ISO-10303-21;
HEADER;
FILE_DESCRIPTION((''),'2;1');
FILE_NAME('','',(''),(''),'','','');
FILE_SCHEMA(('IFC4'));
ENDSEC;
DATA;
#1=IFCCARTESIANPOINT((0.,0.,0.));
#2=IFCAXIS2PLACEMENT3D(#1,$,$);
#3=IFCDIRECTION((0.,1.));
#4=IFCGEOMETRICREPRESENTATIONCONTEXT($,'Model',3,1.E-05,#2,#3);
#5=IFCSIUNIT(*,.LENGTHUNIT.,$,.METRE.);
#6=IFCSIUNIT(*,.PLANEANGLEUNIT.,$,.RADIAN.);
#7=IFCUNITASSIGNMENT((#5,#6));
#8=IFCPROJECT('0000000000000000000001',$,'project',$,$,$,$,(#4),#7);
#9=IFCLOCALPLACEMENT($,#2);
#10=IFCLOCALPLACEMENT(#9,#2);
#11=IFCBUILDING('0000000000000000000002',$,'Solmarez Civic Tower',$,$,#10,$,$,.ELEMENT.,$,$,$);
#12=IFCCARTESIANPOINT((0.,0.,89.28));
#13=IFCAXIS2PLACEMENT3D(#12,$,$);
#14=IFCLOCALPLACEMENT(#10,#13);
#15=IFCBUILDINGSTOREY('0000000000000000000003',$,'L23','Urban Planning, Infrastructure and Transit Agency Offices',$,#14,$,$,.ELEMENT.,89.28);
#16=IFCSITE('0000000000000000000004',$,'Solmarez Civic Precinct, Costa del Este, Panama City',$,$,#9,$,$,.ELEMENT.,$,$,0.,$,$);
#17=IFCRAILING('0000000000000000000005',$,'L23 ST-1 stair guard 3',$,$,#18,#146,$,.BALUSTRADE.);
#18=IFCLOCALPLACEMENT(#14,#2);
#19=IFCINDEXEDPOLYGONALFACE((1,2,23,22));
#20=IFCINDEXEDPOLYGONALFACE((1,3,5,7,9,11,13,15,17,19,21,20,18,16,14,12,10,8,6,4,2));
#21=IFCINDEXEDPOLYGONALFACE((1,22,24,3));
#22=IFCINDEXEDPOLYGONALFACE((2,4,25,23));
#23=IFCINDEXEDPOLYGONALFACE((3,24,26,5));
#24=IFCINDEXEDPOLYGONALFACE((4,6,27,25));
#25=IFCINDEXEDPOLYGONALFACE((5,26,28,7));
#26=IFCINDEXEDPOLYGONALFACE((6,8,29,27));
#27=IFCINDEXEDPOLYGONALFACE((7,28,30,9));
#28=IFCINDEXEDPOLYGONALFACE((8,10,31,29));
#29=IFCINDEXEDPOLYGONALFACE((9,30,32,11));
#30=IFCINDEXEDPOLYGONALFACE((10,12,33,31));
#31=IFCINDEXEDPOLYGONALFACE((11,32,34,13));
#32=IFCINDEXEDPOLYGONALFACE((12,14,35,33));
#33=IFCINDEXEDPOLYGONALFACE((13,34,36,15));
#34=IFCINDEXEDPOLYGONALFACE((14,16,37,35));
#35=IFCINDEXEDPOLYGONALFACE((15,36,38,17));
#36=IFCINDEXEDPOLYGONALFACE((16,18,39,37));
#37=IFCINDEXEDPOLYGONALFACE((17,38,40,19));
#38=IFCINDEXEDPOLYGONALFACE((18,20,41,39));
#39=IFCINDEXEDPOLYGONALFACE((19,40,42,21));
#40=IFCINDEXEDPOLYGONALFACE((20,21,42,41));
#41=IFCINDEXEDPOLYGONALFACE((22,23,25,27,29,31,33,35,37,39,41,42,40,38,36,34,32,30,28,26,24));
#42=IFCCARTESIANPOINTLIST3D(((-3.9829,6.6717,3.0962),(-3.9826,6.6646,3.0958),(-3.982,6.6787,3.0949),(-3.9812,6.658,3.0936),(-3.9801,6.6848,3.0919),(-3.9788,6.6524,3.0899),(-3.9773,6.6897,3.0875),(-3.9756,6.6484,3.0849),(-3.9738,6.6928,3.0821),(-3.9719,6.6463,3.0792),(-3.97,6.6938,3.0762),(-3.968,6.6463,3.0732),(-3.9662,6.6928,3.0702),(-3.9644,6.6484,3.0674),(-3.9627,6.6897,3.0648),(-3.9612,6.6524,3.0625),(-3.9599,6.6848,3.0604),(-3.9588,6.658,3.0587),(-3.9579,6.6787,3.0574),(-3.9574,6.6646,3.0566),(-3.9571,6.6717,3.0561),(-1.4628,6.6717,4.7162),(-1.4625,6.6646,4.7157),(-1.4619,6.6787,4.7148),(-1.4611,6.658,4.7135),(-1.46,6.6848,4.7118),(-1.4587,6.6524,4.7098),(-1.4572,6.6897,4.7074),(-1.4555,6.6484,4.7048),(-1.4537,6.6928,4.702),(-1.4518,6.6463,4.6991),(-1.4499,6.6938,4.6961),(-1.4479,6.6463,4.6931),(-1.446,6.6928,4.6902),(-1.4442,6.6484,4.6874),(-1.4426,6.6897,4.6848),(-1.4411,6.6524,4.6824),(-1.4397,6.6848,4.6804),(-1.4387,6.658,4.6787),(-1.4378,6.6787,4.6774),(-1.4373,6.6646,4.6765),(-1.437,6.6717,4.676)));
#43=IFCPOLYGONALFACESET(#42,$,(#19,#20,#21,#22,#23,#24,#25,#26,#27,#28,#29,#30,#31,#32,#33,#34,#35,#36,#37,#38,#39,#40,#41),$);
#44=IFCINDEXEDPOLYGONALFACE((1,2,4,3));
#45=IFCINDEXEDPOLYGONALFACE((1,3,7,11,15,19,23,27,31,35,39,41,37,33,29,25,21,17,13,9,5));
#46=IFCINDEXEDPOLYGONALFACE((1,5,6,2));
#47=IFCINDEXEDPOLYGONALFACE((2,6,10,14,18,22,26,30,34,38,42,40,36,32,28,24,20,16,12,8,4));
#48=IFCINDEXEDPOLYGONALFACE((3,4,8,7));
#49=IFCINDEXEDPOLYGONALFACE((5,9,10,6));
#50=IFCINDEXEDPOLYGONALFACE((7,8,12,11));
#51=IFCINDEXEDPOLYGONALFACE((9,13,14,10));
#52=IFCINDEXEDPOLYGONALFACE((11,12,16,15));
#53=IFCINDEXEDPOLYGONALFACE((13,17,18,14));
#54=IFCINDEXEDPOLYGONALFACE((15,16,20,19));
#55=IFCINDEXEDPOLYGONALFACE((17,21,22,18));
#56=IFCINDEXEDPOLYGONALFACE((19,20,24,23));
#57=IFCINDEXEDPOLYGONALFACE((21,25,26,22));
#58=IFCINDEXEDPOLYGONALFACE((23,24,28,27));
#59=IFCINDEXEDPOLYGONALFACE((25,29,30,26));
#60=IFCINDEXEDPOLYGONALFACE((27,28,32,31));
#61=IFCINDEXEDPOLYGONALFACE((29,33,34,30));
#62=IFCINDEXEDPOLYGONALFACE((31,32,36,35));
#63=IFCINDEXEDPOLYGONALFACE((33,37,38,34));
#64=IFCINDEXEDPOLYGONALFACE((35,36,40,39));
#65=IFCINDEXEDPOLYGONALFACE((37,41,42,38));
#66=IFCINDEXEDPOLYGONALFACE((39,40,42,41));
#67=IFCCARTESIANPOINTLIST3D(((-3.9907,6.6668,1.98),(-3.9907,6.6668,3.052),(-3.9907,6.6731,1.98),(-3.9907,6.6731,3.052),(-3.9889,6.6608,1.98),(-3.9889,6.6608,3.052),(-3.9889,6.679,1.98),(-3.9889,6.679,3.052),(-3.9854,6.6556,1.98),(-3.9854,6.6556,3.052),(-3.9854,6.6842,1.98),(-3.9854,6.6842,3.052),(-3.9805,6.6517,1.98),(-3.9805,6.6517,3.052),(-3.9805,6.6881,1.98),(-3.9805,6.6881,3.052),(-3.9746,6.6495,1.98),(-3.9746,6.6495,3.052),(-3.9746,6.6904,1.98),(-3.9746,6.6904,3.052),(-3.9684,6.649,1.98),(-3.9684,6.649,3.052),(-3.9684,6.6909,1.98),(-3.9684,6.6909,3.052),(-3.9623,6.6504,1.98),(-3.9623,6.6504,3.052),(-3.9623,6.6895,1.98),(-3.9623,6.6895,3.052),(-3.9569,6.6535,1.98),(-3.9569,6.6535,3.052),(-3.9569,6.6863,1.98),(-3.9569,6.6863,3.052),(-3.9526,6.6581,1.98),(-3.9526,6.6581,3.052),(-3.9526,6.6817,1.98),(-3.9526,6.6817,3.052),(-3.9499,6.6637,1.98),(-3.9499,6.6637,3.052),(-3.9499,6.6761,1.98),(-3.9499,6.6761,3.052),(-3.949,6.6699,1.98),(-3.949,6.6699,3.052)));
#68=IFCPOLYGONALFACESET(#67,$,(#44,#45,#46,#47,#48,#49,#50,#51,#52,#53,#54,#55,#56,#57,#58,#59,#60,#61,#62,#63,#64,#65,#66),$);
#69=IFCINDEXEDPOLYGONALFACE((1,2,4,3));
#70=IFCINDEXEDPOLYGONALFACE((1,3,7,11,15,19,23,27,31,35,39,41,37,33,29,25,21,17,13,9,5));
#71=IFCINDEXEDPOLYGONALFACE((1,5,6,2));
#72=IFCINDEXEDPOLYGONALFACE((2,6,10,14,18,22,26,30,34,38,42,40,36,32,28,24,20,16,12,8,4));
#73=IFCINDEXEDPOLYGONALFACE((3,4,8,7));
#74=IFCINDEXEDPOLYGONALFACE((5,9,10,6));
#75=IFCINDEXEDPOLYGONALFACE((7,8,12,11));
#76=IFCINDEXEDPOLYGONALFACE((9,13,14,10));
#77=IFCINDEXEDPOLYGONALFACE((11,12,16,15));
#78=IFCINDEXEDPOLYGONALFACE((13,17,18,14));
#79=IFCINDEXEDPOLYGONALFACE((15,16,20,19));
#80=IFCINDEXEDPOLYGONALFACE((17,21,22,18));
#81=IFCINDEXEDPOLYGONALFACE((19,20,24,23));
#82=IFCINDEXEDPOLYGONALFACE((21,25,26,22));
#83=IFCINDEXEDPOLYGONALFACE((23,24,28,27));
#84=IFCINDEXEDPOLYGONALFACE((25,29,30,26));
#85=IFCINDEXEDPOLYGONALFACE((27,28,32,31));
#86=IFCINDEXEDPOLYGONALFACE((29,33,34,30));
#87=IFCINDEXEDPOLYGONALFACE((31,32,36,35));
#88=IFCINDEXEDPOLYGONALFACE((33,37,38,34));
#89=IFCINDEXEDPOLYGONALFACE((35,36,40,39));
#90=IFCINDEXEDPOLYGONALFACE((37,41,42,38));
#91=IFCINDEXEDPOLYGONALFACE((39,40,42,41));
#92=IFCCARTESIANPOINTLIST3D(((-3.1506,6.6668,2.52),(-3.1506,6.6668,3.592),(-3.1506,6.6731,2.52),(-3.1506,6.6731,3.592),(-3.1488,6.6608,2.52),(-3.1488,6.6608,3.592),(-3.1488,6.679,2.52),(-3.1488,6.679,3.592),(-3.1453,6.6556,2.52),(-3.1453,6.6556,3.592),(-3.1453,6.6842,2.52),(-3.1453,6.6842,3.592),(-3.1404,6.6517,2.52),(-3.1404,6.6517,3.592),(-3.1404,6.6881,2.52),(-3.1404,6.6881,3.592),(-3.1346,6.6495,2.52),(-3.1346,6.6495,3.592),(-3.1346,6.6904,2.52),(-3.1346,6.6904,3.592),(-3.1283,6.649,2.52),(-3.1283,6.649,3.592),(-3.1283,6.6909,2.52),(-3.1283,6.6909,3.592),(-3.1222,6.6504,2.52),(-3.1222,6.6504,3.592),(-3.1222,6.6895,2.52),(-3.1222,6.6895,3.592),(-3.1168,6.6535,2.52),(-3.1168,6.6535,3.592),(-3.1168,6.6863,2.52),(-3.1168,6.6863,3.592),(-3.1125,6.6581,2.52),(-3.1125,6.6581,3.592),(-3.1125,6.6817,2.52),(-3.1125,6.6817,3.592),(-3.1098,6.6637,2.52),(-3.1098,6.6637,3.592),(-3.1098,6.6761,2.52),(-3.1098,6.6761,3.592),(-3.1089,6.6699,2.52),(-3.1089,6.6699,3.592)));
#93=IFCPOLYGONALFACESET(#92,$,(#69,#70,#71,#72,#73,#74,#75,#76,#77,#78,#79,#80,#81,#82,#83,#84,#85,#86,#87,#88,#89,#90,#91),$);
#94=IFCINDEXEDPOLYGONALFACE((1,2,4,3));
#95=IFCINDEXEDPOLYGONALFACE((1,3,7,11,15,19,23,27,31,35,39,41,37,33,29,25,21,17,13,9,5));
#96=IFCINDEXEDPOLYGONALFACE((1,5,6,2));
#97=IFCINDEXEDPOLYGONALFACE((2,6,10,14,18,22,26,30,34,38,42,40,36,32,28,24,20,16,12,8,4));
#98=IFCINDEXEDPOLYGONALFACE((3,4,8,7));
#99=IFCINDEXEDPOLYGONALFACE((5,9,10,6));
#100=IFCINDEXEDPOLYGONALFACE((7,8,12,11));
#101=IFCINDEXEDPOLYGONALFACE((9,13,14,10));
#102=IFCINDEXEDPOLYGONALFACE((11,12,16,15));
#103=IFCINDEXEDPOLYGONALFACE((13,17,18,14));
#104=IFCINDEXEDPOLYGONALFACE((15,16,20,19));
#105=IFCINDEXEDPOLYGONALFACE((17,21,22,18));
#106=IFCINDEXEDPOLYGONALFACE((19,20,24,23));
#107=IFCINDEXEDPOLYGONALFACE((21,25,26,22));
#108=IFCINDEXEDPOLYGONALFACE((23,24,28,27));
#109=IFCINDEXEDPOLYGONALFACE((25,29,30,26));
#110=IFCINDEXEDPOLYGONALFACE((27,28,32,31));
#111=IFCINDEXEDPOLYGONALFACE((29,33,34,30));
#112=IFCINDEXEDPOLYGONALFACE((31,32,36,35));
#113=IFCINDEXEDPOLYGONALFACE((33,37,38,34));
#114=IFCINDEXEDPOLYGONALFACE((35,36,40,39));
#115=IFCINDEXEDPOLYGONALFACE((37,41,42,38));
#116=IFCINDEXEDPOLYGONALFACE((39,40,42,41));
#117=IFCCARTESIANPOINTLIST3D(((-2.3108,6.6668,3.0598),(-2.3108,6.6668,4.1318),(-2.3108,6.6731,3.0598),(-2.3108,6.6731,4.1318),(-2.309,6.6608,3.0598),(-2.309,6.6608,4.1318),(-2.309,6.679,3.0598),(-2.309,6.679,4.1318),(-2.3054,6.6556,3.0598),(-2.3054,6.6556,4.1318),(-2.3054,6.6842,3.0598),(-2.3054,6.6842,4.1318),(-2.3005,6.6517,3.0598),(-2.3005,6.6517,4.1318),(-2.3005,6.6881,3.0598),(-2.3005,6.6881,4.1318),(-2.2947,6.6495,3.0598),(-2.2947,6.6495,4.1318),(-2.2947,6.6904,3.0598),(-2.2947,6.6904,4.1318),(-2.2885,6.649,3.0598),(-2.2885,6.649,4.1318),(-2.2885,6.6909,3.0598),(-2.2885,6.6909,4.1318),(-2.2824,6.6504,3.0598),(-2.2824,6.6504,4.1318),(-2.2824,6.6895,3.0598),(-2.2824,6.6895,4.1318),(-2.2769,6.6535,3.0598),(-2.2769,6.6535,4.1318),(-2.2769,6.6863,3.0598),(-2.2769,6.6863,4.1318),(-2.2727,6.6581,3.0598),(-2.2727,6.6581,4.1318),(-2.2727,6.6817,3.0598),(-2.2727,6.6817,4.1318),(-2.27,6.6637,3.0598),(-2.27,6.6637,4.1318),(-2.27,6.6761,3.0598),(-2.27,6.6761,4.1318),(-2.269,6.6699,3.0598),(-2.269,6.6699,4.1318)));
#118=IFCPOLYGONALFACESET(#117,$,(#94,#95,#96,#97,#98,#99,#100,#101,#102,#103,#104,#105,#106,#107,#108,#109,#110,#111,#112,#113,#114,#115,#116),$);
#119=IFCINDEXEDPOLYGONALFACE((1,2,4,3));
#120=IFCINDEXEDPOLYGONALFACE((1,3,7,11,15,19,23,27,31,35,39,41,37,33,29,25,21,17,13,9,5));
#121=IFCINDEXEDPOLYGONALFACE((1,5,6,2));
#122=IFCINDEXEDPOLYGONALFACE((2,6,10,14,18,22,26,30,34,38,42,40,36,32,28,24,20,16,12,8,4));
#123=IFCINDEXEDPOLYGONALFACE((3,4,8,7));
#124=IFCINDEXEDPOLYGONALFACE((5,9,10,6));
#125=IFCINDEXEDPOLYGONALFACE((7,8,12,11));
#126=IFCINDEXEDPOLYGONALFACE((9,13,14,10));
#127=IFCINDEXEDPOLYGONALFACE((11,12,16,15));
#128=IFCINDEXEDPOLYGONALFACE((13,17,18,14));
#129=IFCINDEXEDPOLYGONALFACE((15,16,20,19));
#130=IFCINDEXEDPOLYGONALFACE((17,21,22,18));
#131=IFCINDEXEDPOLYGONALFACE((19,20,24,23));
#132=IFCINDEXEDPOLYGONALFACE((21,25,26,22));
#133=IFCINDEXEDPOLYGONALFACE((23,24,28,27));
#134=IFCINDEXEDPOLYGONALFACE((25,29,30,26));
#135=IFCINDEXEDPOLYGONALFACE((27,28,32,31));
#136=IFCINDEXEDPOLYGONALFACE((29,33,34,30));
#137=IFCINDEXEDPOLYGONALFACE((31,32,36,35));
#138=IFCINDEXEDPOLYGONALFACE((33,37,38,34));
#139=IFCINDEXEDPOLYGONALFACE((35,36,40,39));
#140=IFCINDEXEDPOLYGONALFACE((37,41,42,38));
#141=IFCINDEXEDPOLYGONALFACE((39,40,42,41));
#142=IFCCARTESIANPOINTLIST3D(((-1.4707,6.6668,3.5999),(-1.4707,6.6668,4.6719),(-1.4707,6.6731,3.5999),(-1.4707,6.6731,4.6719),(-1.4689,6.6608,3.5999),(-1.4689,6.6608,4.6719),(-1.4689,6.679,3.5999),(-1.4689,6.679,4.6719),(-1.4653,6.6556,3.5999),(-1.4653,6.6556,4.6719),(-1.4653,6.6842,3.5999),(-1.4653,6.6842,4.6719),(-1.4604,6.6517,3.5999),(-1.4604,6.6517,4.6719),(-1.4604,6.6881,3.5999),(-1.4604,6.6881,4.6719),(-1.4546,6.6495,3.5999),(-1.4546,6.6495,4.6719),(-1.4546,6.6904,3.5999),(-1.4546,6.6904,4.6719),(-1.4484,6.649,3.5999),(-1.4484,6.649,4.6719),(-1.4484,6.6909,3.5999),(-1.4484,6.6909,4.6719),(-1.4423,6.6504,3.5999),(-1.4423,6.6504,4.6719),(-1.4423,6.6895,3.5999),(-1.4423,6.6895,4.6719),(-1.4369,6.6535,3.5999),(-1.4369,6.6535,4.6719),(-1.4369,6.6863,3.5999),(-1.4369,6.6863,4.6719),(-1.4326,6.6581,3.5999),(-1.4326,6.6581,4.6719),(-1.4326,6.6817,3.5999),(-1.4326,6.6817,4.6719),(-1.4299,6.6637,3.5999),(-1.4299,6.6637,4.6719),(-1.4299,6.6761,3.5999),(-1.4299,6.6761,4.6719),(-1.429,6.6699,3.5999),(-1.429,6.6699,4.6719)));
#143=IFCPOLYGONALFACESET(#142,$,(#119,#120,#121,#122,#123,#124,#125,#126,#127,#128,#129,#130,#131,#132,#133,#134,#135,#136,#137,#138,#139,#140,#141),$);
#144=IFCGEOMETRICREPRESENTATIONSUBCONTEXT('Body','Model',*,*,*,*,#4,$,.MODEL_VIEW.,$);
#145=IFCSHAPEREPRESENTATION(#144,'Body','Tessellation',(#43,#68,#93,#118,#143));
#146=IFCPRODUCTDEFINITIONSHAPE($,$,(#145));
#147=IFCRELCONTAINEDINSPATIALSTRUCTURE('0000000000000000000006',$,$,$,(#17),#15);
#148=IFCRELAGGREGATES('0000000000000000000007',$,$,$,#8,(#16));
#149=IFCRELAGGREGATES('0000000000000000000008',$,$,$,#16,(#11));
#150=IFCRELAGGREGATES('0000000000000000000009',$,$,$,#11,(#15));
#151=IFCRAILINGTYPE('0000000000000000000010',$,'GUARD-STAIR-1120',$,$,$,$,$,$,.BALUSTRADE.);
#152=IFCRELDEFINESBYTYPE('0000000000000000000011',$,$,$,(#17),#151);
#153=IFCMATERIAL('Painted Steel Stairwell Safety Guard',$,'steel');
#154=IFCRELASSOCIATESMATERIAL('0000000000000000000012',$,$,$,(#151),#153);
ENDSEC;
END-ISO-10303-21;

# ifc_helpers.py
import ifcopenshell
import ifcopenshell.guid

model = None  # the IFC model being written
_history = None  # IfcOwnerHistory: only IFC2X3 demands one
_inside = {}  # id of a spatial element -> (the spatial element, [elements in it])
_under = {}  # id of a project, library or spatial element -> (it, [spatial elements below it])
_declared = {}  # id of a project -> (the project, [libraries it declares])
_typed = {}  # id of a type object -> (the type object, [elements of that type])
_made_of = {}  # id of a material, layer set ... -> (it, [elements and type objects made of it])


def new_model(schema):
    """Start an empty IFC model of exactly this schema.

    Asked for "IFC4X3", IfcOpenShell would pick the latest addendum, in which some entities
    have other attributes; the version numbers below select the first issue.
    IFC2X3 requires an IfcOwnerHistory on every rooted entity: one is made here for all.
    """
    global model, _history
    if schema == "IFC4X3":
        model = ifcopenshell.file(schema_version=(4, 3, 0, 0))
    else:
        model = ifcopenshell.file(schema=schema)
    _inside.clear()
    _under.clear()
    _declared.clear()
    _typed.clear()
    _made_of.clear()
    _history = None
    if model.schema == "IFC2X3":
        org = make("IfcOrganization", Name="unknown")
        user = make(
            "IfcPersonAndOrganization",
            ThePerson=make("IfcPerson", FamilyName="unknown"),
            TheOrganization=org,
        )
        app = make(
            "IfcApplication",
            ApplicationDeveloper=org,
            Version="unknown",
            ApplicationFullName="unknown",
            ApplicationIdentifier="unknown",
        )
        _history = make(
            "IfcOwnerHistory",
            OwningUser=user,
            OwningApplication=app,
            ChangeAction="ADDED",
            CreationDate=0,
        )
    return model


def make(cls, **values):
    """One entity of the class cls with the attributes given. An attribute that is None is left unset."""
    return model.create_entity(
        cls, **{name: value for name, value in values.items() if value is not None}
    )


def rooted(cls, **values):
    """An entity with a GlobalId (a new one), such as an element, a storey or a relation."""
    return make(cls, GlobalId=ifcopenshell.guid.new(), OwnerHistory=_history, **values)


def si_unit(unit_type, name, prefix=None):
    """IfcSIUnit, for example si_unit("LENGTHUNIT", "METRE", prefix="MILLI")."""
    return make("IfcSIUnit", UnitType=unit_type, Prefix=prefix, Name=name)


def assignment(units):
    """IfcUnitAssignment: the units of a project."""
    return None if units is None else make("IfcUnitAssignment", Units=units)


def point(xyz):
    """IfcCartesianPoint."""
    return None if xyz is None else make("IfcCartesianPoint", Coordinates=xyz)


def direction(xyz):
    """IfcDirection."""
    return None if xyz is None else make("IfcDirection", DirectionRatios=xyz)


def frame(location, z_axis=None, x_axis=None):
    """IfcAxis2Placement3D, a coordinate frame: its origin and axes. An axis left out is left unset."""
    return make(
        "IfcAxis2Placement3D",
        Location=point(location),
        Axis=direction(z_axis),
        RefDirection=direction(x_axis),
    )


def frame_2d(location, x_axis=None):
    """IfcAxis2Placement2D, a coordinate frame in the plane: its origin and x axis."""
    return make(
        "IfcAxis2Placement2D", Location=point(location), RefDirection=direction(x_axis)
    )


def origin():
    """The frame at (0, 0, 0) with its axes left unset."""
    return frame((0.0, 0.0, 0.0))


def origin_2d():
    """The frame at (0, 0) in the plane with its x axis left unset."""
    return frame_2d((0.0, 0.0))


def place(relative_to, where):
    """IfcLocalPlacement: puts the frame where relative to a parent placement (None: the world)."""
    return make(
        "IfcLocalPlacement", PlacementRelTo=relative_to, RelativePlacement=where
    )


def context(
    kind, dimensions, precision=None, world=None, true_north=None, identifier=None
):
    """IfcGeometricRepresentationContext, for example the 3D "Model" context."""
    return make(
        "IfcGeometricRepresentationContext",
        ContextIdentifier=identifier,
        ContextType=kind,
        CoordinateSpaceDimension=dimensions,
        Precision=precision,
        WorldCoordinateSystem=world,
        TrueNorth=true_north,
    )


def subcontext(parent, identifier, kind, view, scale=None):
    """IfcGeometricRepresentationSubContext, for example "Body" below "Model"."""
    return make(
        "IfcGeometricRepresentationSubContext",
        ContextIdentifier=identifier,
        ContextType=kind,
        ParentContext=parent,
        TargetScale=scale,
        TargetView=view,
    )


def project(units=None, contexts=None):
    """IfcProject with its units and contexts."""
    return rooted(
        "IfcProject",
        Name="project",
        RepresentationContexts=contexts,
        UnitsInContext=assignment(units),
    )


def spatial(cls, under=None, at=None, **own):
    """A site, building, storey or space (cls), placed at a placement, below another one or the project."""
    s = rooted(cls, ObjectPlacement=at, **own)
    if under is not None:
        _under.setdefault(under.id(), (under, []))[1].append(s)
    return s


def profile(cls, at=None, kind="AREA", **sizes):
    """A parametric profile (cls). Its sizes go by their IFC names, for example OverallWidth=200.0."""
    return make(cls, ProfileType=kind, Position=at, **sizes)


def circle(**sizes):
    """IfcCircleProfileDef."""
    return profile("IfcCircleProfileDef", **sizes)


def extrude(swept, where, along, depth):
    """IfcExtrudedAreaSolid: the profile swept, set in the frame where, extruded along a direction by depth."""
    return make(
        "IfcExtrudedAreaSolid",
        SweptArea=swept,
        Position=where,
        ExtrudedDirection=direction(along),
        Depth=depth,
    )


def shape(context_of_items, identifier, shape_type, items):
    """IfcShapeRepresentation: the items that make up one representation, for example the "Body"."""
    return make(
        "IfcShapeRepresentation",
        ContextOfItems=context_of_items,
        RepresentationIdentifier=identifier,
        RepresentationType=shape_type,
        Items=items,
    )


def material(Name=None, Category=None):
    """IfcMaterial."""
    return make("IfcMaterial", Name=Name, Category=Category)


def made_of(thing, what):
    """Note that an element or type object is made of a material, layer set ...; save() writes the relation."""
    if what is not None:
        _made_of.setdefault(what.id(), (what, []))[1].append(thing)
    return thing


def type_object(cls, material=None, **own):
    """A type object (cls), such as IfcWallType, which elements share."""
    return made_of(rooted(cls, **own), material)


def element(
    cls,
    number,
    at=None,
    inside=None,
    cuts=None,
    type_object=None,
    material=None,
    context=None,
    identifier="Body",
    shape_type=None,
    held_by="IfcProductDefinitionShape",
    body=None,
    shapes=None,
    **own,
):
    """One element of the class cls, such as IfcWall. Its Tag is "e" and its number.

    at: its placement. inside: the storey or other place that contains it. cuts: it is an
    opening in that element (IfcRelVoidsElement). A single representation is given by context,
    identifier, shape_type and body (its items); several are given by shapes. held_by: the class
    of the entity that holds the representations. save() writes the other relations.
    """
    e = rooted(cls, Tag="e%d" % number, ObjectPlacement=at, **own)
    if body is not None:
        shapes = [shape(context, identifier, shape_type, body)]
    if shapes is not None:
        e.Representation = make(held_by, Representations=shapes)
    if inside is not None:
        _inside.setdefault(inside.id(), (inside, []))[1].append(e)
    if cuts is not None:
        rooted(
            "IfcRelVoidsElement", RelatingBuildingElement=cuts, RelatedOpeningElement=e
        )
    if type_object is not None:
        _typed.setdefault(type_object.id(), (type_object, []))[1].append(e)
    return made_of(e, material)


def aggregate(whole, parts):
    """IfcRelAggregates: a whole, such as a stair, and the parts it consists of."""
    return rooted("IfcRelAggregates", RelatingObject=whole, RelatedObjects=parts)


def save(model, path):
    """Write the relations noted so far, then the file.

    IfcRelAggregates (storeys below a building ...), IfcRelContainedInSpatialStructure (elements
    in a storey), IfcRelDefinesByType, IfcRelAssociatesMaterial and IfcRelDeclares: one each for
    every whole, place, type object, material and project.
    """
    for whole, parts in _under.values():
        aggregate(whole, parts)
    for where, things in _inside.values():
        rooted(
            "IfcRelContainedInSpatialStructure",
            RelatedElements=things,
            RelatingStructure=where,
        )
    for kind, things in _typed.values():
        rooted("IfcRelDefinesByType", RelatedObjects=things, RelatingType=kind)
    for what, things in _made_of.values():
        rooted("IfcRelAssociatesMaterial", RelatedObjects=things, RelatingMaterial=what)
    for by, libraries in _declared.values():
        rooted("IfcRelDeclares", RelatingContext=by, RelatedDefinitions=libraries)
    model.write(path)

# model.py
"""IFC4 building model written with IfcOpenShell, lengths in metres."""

from ifc_helpers import new_model, si_unit, direction, frame, origin, origin_2d, place, context, subcontext, project, spatial, circle, extrude, material, type_object, element, save


model = new_model("IFC4")

# Units and contexts
model_context = context("Model", 3, precision=1e-05, world=origin(), true_north=direction((0.0, 1.0)))
body_context = subcontext(model_context, "Body", "Model", "MODEL_VIEW")
ifc_project = project(units=[si_unit("LENGTHUNIT", "METRE"), si_unit("PLANEANGLEUNIT", "RADIAN")], contexts=[model_context])

# Site, building, storey
site_placement = place(None, origin())
site = spatial("IfcSite", under=ifc_project, at=site_placement, Name="Solmarez Civic Precinct, Costa del Este, Panama City", CompositionType="ELEMENT", RefElevation=0.0)
building_placement = place(site_placement, origin())
building = spatial("IfcBuilding", under=site, at=building_placement, Name="Solmarez Civic Tower", CompositionType="ELEMENT")
storey_placement = place(building_placement, frame((0.0, 0.0, 89.28)))
storey = spatial("IfcBuildingStorey", under=building, at=storey_placement, Name="L23", Description="Urban Planning, Infrastructure and Transit Agency Offices", CompositionType="ELEMENT", Elevation=89.28)

# Railing
ifc_material_1 = material(Name="Painted Steel Stairwell Safety Guard", Category="steel")
railing_type_1 = type_object("IfcRailingType", Name="GUARD-STAIR-1120", PredefinedType="BALUSTRADE", material=ifc_material_1)
railing_1_placement = place(storey_placement, frame((-3.97, 6.6699, 1.98)))
element("IfcRailing", 1, at=railing_1_placement, inside=storey, type_object=railing_type_1, Name="L23 ST-1 stair guard 3", PredefinedType="BALUSTRADE", context=body_context, shape_type="SweptSolid", body=[
    extrude(circle(Radius=0.0239, at=origin_2d()), frame((0.0, 0.0, 1.0962), z_axis=(0.8412, 0.0, 0.540725), x_axis=(0.0, 1.0, 0.0)), (0.0, 0.0, 1.0), 2.9958),
    extrude(circle(Radius=0.021, at=origin_2d()), origin(), (0.0, 0.0, 1.0), 1.072),
    extrude(circle(Radius=0.021, at=origin_2d()), frame((0.8401, 0.0, 0.54)), (0.0, 0.0, 1.0), 1.072),
    extrude(circle(Radius=0.021, at=origin_2d()), frame((1.6799, 0.0, 1.0798)), (0.0, 0.0, 1.0), 1.072),
    extrude(circle(Radius=0.021, at=origin_2d()), frame((2.52, 0.0, 1.6199)), (0.0, 0.0, 1.0), 1.072),
])

save(model, "model.ifc")
